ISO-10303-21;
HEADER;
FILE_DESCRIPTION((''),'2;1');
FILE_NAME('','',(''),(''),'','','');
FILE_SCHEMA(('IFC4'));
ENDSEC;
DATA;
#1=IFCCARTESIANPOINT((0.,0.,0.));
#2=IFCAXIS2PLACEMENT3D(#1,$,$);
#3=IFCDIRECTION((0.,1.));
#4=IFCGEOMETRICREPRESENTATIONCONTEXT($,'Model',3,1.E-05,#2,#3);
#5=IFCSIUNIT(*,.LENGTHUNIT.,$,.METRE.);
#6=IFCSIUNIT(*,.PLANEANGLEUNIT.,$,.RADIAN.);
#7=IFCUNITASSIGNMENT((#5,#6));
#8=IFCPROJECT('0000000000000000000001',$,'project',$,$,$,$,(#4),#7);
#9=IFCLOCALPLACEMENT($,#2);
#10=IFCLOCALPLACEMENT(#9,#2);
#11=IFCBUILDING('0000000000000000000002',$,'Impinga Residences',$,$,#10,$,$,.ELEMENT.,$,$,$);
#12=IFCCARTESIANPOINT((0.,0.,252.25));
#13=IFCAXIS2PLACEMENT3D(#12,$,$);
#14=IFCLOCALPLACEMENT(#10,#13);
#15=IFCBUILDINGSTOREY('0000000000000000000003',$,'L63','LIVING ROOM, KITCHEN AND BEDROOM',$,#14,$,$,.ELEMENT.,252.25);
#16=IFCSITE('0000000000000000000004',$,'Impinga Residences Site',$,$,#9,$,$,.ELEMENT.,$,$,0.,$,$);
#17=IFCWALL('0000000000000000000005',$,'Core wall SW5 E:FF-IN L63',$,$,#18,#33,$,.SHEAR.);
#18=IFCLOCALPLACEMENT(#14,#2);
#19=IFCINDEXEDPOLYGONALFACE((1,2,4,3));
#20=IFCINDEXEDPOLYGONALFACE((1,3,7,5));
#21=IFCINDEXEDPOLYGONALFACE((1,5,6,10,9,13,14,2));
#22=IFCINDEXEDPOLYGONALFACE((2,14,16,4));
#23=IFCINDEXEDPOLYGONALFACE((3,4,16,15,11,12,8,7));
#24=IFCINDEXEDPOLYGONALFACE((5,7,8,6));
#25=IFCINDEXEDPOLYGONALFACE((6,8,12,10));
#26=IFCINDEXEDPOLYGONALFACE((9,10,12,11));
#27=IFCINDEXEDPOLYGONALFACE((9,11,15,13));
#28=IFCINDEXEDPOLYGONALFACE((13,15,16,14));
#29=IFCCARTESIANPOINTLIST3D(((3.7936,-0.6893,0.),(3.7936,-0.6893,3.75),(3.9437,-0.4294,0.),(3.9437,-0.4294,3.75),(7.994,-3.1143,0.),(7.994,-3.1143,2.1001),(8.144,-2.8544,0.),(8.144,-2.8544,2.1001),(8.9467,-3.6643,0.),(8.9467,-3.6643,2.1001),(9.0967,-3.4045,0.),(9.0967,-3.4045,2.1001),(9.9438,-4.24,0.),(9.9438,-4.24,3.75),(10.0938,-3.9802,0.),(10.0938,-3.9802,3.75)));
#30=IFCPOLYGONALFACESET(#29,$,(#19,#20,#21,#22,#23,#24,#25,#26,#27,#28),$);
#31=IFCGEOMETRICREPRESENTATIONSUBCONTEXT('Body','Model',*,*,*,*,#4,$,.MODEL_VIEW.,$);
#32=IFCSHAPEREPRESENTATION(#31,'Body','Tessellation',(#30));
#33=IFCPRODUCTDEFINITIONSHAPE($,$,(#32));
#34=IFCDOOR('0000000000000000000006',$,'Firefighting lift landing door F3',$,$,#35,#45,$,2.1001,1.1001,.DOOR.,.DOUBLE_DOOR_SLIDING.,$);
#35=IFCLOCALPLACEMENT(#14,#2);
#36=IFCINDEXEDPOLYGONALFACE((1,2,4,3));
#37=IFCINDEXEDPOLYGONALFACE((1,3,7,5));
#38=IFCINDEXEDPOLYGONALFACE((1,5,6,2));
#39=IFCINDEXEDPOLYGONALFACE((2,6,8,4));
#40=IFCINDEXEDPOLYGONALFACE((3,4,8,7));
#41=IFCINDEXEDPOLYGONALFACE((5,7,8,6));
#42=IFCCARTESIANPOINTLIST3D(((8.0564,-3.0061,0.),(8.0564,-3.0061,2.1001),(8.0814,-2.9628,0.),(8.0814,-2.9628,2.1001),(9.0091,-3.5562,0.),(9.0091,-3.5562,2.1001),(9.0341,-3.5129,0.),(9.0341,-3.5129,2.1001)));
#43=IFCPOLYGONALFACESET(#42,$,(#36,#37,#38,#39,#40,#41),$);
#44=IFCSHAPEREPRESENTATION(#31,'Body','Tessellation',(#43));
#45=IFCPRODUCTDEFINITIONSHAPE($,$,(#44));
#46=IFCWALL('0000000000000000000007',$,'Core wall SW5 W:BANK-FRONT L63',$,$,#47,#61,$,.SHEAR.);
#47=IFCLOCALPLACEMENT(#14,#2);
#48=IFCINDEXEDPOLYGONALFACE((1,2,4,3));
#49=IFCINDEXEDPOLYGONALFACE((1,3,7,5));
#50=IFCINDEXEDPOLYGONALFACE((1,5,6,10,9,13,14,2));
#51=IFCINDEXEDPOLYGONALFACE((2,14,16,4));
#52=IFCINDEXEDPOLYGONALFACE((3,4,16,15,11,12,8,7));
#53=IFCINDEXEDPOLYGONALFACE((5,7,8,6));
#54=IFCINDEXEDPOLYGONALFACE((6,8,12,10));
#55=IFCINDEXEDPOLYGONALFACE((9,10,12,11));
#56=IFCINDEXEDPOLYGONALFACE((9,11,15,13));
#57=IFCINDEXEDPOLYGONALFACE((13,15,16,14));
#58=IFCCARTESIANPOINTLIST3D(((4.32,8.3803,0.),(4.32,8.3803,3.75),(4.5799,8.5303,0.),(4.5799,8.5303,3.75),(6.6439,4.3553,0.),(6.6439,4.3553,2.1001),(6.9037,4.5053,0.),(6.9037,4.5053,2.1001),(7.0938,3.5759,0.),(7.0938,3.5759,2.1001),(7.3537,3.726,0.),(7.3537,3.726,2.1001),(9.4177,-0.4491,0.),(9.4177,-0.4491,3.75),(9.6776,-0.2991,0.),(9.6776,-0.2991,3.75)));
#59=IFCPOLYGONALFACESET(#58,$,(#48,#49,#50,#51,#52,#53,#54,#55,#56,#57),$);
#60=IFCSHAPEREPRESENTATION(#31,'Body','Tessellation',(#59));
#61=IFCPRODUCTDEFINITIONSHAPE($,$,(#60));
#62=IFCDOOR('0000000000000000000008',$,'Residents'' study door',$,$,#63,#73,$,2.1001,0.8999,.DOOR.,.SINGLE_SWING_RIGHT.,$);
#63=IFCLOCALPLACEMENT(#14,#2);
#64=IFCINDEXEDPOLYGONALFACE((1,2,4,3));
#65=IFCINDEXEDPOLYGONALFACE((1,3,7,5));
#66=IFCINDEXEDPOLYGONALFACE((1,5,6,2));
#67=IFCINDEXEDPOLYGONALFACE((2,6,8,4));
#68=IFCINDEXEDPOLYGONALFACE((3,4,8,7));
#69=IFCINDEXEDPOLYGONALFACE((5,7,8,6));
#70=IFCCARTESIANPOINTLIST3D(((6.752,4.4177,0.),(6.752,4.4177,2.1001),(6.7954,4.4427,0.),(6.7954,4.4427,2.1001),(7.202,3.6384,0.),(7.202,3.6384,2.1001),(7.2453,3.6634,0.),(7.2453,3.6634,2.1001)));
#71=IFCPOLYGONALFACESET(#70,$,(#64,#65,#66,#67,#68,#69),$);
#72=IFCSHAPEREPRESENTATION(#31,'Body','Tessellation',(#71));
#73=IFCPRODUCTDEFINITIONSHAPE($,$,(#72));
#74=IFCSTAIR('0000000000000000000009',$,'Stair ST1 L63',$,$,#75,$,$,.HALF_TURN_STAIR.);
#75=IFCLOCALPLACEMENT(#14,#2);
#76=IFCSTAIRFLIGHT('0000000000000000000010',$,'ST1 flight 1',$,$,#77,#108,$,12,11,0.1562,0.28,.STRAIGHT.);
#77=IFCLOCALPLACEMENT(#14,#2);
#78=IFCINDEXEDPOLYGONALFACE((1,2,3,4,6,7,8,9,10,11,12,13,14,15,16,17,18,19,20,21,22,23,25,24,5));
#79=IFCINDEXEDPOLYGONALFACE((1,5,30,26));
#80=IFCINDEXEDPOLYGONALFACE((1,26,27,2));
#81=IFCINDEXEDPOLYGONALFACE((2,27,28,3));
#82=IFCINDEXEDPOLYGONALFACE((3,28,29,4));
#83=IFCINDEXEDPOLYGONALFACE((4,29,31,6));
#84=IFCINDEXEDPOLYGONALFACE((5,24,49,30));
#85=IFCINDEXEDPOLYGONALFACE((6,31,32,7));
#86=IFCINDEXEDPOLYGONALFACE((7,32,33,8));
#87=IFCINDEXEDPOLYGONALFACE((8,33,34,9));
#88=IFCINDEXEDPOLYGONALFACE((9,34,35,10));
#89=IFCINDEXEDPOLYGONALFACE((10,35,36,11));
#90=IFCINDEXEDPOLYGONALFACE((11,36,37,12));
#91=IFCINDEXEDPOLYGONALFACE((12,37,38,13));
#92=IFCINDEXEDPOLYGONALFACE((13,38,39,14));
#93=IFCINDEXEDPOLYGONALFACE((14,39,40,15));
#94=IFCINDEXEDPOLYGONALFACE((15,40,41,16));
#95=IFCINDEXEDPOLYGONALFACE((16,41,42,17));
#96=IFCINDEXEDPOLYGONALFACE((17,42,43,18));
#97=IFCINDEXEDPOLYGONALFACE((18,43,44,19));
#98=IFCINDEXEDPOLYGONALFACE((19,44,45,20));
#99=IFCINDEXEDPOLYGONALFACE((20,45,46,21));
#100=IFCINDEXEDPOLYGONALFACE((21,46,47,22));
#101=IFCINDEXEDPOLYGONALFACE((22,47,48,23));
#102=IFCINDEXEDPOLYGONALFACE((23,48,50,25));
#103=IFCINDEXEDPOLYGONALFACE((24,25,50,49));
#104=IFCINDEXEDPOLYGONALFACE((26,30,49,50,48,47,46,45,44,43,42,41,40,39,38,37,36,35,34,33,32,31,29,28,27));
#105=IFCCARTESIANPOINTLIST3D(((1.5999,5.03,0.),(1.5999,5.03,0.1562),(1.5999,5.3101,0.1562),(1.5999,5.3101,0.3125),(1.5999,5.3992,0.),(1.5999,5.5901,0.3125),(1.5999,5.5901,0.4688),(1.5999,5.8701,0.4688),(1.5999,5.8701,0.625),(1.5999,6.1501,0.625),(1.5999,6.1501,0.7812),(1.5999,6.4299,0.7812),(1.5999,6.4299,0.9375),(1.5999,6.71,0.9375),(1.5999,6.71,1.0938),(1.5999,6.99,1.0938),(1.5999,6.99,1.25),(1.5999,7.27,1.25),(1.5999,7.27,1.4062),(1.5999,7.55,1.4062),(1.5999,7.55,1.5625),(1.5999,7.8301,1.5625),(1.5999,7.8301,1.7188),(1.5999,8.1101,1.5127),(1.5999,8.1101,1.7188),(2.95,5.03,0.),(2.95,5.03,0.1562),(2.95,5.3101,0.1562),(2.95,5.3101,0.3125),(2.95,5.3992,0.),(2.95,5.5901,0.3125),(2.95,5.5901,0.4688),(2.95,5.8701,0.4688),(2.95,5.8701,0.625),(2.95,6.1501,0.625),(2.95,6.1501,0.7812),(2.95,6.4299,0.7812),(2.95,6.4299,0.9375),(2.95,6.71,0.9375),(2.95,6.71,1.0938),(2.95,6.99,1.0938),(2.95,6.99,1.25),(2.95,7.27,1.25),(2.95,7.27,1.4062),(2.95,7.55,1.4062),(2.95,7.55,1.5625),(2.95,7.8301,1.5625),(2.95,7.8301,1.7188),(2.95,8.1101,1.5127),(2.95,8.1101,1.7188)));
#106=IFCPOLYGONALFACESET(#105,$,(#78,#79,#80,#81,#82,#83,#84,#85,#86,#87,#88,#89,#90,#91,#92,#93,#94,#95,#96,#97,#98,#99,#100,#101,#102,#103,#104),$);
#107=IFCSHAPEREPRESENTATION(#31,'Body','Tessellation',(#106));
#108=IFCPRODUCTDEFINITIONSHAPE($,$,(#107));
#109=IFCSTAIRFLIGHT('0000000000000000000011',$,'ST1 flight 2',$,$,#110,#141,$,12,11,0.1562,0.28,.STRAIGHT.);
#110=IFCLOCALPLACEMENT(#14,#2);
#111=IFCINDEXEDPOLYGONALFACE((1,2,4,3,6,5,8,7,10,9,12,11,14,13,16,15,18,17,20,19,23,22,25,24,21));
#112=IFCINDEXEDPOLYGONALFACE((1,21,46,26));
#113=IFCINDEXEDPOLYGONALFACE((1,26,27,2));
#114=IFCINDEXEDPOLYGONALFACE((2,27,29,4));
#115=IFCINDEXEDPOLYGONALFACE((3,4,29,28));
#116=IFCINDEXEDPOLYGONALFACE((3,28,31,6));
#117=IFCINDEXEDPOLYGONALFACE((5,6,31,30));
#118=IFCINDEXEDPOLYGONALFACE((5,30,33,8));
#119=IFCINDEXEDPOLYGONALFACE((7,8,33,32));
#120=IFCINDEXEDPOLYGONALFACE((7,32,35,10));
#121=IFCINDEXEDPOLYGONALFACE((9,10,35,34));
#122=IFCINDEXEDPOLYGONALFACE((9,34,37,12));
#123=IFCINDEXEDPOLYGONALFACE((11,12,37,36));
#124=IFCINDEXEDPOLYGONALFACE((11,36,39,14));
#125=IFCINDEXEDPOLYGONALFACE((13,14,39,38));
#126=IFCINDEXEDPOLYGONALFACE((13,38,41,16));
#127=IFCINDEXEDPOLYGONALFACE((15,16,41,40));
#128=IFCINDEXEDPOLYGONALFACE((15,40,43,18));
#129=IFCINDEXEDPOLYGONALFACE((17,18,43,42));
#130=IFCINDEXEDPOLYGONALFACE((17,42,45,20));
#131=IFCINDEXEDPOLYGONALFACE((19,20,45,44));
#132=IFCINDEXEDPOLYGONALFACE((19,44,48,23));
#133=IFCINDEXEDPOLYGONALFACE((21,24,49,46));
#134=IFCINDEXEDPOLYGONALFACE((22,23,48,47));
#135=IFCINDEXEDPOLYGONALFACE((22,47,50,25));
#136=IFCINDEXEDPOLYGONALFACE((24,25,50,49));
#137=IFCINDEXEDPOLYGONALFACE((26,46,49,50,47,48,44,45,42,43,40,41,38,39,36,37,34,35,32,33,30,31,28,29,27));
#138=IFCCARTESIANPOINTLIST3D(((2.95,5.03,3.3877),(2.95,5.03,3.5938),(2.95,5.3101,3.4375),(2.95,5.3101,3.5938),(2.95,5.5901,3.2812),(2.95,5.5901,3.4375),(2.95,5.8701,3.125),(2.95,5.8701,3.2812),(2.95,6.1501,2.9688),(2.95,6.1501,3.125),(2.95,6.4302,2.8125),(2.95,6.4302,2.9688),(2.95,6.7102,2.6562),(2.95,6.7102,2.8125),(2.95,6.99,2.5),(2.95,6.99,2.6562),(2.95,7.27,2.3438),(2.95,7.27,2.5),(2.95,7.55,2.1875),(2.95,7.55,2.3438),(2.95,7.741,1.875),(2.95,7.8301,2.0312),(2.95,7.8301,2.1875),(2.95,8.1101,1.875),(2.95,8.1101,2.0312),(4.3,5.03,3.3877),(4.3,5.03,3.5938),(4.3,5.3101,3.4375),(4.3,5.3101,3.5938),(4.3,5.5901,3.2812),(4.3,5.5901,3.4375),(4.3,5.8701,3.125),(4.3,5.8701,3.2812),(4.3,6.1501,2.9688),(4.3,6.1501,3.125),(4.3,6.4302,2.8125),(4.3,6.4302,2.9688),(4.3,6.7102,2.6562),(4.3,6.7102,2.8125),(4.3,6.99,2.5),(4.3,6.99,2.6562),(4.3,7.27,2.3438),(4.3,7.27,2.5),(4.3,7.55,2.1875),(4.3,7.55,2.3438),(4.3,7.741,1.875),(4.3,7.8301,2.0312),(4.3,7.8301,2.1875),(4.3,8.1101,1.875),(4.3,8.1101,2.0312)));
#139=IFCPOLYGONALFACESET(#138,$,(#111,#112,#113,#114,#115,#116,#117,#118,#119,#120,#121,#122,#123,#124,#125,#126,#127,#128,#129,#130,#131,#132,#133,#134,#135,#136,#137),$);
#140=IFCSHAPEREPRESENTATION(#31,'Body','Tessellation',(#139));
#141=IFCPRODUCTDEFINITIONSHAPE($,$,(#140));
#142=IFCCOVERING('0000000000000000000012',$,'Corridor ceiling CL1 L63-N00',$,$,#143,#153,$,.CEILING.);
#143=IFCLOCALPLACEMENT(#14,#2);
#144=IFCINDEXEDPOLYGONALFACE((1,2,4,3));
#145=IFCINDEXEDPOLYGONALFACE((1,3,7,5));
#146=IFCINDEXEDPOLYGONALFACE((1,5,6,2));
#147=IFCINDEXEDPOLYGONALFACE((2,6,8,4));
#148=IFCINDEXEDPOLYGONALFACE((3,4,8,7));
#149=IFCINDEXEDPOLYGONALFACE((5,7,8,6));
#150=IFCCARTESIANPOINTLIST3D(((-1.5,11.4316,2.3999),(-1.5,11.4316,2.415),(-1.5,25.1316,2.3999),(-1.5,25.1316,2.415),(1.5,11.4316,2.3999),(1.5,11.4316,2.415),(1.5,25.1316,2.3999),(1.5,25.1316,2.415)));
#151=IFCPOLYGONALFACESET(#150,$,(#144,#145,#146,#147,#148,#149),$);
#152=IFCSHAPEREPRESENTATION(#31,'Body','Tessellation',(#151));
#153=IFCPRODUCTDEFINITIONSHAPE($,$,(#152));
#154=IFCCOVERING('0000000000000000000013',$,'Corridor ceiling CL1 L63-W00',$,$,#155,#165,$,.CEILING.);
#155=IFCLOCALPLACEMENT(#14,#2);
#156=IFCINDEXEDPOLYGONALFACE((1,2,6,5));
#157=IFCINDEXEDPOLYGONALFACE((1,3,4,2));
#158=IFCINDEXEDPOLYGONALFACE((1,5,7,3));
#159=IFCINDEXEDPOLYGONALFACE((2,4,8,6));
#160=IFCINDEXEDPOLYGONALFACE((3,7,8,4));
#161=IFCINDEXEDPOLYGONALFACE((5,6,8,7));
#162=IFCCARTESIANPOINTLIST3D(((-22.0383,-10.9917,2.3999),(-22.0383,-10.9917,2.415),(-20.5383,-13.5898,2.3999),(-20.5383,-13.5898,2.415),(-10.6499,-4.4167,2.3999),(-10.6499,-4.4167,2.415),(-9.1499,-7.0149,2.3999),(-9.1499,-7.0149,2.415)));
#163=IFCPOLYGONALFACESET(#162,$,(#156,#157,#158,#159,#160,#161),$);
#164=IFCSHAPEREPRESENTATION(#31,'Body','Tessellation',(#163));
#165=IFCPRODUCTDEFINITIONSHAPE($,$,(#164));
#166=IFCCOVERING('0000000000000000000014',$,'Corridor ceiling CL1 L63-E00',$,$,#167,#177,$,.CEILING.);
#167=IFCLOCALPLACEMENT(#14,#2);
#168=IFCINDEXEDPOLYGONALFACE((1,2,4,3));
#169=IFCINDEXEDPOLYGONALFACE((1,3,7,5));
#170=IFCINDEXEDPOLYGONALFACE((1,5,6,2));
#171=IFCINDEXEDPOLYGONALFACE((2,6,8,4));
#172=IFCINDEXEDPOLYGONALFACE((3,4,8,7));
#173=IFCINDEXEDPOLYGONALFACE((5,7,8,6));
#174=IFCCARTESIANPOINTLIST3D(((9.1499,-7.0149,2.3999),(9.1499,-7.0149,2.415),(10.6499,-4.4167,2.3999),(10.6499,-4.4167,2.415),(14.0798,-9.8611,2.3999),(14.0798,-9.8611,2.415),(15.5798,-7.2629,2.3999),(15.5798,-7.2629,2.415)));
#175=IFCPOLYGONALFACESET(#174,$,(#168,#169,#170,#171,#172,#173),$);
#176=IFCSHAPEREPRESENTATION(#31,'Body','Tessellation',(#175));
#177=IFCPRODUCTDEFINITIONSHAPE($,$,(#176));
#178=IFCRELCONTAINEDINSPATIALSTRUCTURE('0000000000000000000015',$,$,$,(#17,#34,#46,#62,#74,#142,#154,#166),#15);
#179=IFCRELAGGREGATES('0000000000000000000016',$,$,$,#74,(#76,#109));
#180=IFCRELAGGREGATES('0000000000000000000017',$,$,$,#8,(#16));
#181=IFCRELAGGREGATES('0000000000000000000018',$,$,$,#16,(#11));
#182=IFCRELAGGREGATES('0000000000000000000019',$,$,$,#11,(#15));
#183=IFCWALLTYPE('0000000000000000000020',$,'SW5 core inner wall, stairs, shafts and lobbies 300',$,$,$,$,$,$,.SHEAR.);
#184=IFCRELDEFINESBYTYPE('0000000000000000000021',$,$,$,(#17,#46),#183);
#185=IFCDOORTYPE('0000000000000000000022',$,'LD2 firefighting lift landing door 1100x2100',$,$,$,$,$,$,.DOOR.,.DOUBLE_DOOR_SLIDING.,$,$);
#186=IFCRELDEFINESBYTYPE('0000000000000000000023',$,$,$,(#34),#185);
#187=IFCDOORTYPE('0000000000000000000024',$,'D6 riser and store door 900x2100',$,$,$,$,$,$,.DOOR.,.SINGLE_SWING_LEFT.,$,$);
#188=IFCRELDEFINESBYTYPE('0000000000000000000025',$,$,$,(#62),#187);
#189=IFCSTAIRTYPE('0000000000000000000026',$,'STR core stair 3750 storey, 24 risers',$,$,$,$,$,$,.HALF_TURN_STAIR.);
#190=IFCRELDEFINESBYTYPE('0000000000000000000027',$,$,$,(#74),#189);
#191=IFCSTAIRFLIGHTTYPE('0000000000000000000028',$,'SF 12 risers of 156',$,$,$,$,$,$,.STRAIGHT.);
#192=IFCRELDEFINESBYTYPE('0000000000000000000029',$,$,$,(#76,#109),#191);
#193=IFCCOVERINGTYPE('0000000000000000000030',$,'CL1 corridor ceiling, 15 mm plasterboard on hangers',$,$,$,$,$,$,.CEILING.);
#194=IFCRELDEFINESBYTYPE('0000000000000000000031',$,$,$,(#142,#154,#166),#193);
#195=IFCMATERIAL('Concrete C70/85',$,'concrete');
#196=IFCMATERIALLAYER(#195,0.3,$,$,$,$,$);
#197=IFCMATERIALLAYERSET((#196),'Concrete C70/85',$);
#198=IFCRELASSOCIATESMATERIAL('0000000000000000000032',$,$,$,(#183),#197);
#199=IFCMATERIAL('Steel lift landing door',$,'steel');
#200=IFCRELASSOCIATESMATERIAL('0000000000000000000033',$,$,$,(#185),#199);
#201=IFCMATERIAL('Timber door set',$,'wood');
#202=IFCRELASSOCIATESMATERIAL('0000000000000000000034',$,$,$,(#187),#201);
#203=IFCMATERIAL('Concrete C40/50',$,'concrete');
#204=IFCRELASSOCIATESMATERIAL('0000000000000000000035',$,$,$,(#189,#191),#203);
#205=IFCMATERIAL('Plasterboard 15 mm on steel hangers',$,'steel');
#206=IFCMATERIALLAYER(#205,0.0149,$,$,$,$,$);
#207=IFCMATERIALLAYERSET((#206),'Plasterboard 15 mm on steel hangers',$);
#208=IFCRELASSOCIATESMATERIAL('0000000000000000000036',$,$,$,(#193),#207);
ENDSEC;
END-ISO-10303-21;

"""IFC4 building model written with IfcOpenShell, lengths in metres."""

from ifc_helpers import new_model, si_unit, direction, frame, frame_2d, origin, place, context, subcontext, project, spatial, polyline, rectangle, outline, extrude, material, layer, layer_set, type_object, element, fill, aggregate, save


model = new_model("IFC4")

# Units and contexts
model_context = context("Model", 3, precision=1e-05, world=origin(), true_north=direction((0.0, 1.0)))
body_context = subcontext(model_context, "Body", "Model", "MODEL_VIEW")
ifc_project = project(units=[si_unit("LENGTHUNIT", "METRE"), si_unit("PLANEANGLEUNIT", "RADIAN")], contexts=[model_context])

# Site, building, storey
site_placement = place(None, origin())
site = spatial("IfcSite", under=ifc_project, at=site_placement, Name="Impinga Residences Site", CompositionType="ELEMENT", RefElevation=0.0)
building_placement = place(site_placement, origin())
building = spatial("IfcBuilding", under=site, at=building_placement, Name="Impinga Residences", CompositionType="ELEMENT")
storey_placement = place(building_placement, frame((0.0, 0.0, 252.25)))
storey = spatial("IfcBuildingStorey", under=building, at=storey_placement, Name="L63", Description="LIVING ROOM, KITCHEN AND BEDROOM", CompositionType="ELEMENT", Elevation=252.25)

# Shared definitions
ifc_material_1 = material(Name="Concrete C40/50", Category="concrete")

# Shared definitions
ifc_material_2 = material(Name="Timber door set", Category="wood")

# Shared definitions
ifc_material_3 = material(Name="Concrete C70/85", Category="concrete")
ifc_layer_1 = layer(ifc_material_3, 0.3)
ifc_layer_set_1 = layer_set([ifc_layer_1], Name="Concrete C70/85")
wall_type_1 = type_object("IfcWallType", Name="SW5 core inner wall, stairs, shafts and lobbies 300", PredefinedType="SHEAR", material=ifc_layer_set_1)

# Walls, openings, doors
wall_1_placement = place(storey_placement, frame((3.8687, -0.5593, 0.0), z_axis=(0.0, 0.0, 1.0), x_axis=(0.866026, -0.499999, 0.0)))
wall_1 = element("IfcWall", 1, at=wall_1_placement, inside=storey, type_object=wall_type_1, Name="Core wall SW5 E:FF-IN L63", PredefinedType="SHEAR", context=body_context, shape_type="SweptSolid", body=[
    extrude(rectangle(XDim=7.1016, YDim=0.3, at=frame_2d((3.5508, 0.0))), origin(), (0.0, 0.0, 1.0), 3.75),
])
opening_1_placement = place(wall_1_placement, frame((4.8501, 0.0, 0.0)))
opening_1 = element("IfcOpeningElement", 2, at=opening_1_placement, cuts=wall_1, PredefinedType="OPENING", context=body_context, shape_type="SweptSolid", body=[
    extrude(rectangle(XDim=1.1001, YDim=2.1001, at=frame_2d((0.55, 1.05))), frame((0.0, 0.1599, 0.0), z_axis=(0.0, -1.0, 0.0), x_axis=(1.0, 0.0, 0.0)), (0.0, 0.0, 1.0), 0.3201),
])
ifc_material_4 = material(Name="Steel lift landing door", Category="steel")
door_type_1 = type_object("IfcDoorType", Name="LD2 firefighting lift landing door 1100x2100", OperationType="DOUBLE_DOOR_SLIDING", PredefinedType="DOOR", material=ifc_material_4)
door_1_placement = place(opening_1_placement, origin())
door_1 = element("IfcDoor", 3, at=door_1_placement, inside=storey, type_object=door_type_1, Name="Firefighting lift landing door F3", OperationType="DOUBLE_DOOR_SLIDING", OverallHeight=2.1001, OverallWidth=1.1001, PredefinedType="DOOR", context=body_context, shape_type="SweptSolid", body=[
    extrude(rectangle(XDim=1.1001, YDim=2.1001, at=frame_2d((0.55, 1.05))), frame((0.0, 0.0249, 0.0), z_axis=(0.0, -1.0, 0.0), x_axis=(1.0, 0.0, 0.0)), (0.0, 0.0, 1.0), 0.05),
])
fill(opening_1, door_1)
wall_2_placement = place(storey_placement, frame((4.45, 8.4553, 0.0), z_axis=(0.0, 0.0, 1.0), x_axis=(0.500002, -0.866024, 0.0)))
wall_2 = element("IfcWall", 4, at=wall_2_placement, inside=storey, type_object=wall_type_1, Name="Core wall SW5 W:BANK-FRONT L63", PredefinedType="SHEAR", context=body_context, shape_type="SweptSolid", body=[
    extrude(rectangle(XDim=10.1953, YDim=0.3, at=frame_2d((5.0977, 0.0))), origin(), (0.0, 0.0, 1.0), 3.75),
])
opening_2_placement = place(wall_2_placement, frame((4.6477, 0.0, 0.0)))
opening_2 = element("IfcOpeningElement", 5, at=opening_2_placement, cuts=wall_2, PredefinedType="OPENING", context=body_context, shape_type="SweptSolid", body=[
    extrude(rectangle(XDim=0.8999, YDim=2.1001, at=frame_2d((0.45, 1.05))), frame((0.0, 0.1599, 0.0), z_axis=(0.0, -1.0, 0.0), x_axis=(1.0, 0.0, 0.0)), (0.0, 0.0, 1.0), 0.3201),
])
door_type_2 = type_object("IfcDoorType", Name="D6 riser and store door 900x2100", OperationType="SINGLE_SWING_LEFT", PredefinedType="DOOR", material=ifc_material_2)
door_2_placement = place(opening_2_placement, origin())
door_2 = element("IfcDoor", 6, at=door_2_placement, inside=storey, type_object=door_type_2, Name="Residents' study door", OperationType="SINGLE_SWING_RIGHT", OverallHeight=2.1001, OverallWidth=0.8999, PredefinedType="DOOR", context=body_context, shape_type="SweptSolid", body=[
    extrude(rectangle(XDim=0.8999, YDim=2.1001, at=frame_2d((0.45, 1.05))), frame((0.0, 0.0249, 0.0), z_axis=(0.0, -1.0, 0.0), x_axis=(1.0, 0.0, 0.0)), (0.0, 0.0, 1.0), 0.05),
])
fill(opening_2, door_2)

# Stair, stair flights
stair_type_1 = type_object("IfcStairType", Name="STR core stair 3750 storey, 24 risers", PredefinedType="HALF_TURN_STAIR", material=ifc_material_1)
stair_1_placement = place(storey_placement, origin())
stair_1 = element("IfcStair", 7, at=stair_1_placement, inside=storey, type_object=stair_type_1, Name="Stair ST1 L63", PredefinedType="HALF_TURN_STAIR")
stair_flight_type = type_object("IfcStairFlightType", Name="SF 12 risers of 156", PredefinedType="STRAIGHT", material=ifc_material_1)
stair_flight_1_placement = place(storey_placement, frame((2.2749, 5.03, 0.0), z_axis=(0.0, 0.0, 1.0), x_axis=(0.0, 1.0, 0.0)))
stair_flight_1 = element("IfcStairFlight", 8, at=stair_flight_1_placement, type_object=stair_flight_type, Name="ST1 flight 1", NumberOfRisers=12, NumberOfTreads=11, PredefinedType="STRAIGHT", RiserHeight=0.1562, TreadLength=0.28, context=body_context, shape_type="SweptSolid", body=[
    extrude(outline(polyline([(0.0, 0.0), (0.0, 0.1562), (0.28, 0.1562), (0.28, 0.3125), (0.5601, 0.3125), (0.5601, 0.4688), (0.8401, 0.4688), (0.8401, 0.625), (1.1201, 0.625), (1.1201, 0.7812), (1.3999, 0.7812), (1.3999, 0.9375), (1.6799, 0.9375), (1.6799, 1.0938), (1.96, 1.0938), (1.96, 1.25), (2.24, 1.25), (2.24, 1.4062), (2.52, 1.4062), (2.52, 1.5625), (2.8, 1.5625), (2.8, 1.7188), (3.0801, 1.7188), (3.0801, 1.875), (3.0801, 1.5127), (0.3691, 0.0), (0.0, 0.0)])), frame((0.0, 0.675, 0.0), z_axis=(0.0, -1.0, 0.0), x_axis=(1.0, 0.0, 0.0)), (0.0, 0.0, 1.0), 1.3501),
])
stair_flight_2_placement = place(storey_placement, frame((3.625, 8.1101, 1.875), z_axis=(0.0, 0.0, 1.0), x_axis=(0.0, -1.0, 0.0)))
stair_flight_2 = element("IfcStairFlight", 9, at=stair_flight_2_placement, type_object=stair_flight_type, Name="ST1 flight 2", NumberOfRisers=12, NumberOfTreads=11, PredefinedType="STRAIGHT", RiserHeight=0.1562, TreadLength=0.28, context=body_context, shape_type="SweptSolid", body=[
    extrude(outline(polyline([(0.0, 0.0), (0.0, 0.1562), (0.28, 0.1562), (0.28, 0.3125), (0.5601, 0.3125), (0.5601, 0.4688), (0.8401, 0.4688), (0.8401, 0.625), (1.1201, 0.625), (1.1201, 0.7812), (1.3999, 0.7812), (1.3999, 0.9375), (1.6799, 0.9375), (1.6799, 1.0938), (1.96, 1.0938), (1.96, 1.25), (2.24, 1.25), (2.24, 1.4062), (2.52, 1.4062), (2.52, 1.5625), (2.8, 1.5625), (2.8, 1.7188), (3.0801, 1.7188), (3.0801, 1.875), (3.0801, 1.5127), (0.3691, 0.0), (0.0, 0.0)])), frame((0.0, 0.675, 0.0), z_axis=(0.0, -1.0, 0.0), x_axis=(1.0, 0.0, 0.0)), (0.0, 0.0, 1.0), 1.3501),
])
aggregate(stair_1, [stair_flight_1, stair_flight_2])

# Coverings
ifc_material_5 = material(Name="Plasterboard 15 mm on steel hangers", Category="steel")
ifc_layer_2 = layer(ifc_material_5, 0.0149)
ifc_layer_set_2 = layer_set([ifc_layer_2], Name="Plasterboard 15 mm on steel hangers")
covering_type_1 = type_object("IfcCoveringType", Name="CL1 corridor ceiling, 15 mm plasterboard on hangers", PredefinedType="CEILING", material=ifc_layer_set_2)
covering_1_placement = place(storey_placement, frame((0.0, 0.0, 2.3999)))
element("IfcCovering", 10, at=covering_1_placement, inside=storey, type_object=covering_type_1, Name="Corridor ceiling CL1 L63-N00", PredefinedType="CEILING", context=body_context, shape_type="SweptSolid", body=[
    extrude(outline(polyline([(-1.5, 11.4316), (1.5, 11.4316), (1.5, 25.1316), (-1.5, 25.1316), (-1.5, 11.4316)])), origin(), (0.0, 0.0, 1.0), 0.0151),
])
covering_2_placement = place(storey_placement, frame((0.0, 0.0, 2.3999)))
element("IfcCovering", 11, at=covering_2_placement, inside=storey, type_object=covering_type_1, Name="Corridor ceiling CL1 L63-W00", PredefinedType="CEILING", context=body_context, shape_type="SweptSolid", body=[
    extrude(outline(polyline([(-9.1499, -7.0149), (-10.6499, -4.4167), (-22.0383, -10.9917), (-20.5383, -13.5898), (-9.1499, -7.0149)])), origin(), (0.0, 0.0, 1.0), 0.0151),
])
covering_3_placement = place(storey_placement, frame((0.0, 0.0, 2.3999)))
element("IfcCovering", 12, at=covering_3_placement, inside=storey, type_object=covering_type_1, Name="Corridor ceiling CL1 L63-E00", PredefinedType="CEILING", context=body_context, shape_type="SweptSolid", body=[
    extrude(outline(polyline([(9.1499, -7.0149), (10.6499, -4.4167), (15.5798, -7.2629), (14.0798, -9.8611), (9.1499, -7.0149)])), origin(), (0.0, 0.0, 1.0), 0.0151),
])

save(model, "model.ifc")
